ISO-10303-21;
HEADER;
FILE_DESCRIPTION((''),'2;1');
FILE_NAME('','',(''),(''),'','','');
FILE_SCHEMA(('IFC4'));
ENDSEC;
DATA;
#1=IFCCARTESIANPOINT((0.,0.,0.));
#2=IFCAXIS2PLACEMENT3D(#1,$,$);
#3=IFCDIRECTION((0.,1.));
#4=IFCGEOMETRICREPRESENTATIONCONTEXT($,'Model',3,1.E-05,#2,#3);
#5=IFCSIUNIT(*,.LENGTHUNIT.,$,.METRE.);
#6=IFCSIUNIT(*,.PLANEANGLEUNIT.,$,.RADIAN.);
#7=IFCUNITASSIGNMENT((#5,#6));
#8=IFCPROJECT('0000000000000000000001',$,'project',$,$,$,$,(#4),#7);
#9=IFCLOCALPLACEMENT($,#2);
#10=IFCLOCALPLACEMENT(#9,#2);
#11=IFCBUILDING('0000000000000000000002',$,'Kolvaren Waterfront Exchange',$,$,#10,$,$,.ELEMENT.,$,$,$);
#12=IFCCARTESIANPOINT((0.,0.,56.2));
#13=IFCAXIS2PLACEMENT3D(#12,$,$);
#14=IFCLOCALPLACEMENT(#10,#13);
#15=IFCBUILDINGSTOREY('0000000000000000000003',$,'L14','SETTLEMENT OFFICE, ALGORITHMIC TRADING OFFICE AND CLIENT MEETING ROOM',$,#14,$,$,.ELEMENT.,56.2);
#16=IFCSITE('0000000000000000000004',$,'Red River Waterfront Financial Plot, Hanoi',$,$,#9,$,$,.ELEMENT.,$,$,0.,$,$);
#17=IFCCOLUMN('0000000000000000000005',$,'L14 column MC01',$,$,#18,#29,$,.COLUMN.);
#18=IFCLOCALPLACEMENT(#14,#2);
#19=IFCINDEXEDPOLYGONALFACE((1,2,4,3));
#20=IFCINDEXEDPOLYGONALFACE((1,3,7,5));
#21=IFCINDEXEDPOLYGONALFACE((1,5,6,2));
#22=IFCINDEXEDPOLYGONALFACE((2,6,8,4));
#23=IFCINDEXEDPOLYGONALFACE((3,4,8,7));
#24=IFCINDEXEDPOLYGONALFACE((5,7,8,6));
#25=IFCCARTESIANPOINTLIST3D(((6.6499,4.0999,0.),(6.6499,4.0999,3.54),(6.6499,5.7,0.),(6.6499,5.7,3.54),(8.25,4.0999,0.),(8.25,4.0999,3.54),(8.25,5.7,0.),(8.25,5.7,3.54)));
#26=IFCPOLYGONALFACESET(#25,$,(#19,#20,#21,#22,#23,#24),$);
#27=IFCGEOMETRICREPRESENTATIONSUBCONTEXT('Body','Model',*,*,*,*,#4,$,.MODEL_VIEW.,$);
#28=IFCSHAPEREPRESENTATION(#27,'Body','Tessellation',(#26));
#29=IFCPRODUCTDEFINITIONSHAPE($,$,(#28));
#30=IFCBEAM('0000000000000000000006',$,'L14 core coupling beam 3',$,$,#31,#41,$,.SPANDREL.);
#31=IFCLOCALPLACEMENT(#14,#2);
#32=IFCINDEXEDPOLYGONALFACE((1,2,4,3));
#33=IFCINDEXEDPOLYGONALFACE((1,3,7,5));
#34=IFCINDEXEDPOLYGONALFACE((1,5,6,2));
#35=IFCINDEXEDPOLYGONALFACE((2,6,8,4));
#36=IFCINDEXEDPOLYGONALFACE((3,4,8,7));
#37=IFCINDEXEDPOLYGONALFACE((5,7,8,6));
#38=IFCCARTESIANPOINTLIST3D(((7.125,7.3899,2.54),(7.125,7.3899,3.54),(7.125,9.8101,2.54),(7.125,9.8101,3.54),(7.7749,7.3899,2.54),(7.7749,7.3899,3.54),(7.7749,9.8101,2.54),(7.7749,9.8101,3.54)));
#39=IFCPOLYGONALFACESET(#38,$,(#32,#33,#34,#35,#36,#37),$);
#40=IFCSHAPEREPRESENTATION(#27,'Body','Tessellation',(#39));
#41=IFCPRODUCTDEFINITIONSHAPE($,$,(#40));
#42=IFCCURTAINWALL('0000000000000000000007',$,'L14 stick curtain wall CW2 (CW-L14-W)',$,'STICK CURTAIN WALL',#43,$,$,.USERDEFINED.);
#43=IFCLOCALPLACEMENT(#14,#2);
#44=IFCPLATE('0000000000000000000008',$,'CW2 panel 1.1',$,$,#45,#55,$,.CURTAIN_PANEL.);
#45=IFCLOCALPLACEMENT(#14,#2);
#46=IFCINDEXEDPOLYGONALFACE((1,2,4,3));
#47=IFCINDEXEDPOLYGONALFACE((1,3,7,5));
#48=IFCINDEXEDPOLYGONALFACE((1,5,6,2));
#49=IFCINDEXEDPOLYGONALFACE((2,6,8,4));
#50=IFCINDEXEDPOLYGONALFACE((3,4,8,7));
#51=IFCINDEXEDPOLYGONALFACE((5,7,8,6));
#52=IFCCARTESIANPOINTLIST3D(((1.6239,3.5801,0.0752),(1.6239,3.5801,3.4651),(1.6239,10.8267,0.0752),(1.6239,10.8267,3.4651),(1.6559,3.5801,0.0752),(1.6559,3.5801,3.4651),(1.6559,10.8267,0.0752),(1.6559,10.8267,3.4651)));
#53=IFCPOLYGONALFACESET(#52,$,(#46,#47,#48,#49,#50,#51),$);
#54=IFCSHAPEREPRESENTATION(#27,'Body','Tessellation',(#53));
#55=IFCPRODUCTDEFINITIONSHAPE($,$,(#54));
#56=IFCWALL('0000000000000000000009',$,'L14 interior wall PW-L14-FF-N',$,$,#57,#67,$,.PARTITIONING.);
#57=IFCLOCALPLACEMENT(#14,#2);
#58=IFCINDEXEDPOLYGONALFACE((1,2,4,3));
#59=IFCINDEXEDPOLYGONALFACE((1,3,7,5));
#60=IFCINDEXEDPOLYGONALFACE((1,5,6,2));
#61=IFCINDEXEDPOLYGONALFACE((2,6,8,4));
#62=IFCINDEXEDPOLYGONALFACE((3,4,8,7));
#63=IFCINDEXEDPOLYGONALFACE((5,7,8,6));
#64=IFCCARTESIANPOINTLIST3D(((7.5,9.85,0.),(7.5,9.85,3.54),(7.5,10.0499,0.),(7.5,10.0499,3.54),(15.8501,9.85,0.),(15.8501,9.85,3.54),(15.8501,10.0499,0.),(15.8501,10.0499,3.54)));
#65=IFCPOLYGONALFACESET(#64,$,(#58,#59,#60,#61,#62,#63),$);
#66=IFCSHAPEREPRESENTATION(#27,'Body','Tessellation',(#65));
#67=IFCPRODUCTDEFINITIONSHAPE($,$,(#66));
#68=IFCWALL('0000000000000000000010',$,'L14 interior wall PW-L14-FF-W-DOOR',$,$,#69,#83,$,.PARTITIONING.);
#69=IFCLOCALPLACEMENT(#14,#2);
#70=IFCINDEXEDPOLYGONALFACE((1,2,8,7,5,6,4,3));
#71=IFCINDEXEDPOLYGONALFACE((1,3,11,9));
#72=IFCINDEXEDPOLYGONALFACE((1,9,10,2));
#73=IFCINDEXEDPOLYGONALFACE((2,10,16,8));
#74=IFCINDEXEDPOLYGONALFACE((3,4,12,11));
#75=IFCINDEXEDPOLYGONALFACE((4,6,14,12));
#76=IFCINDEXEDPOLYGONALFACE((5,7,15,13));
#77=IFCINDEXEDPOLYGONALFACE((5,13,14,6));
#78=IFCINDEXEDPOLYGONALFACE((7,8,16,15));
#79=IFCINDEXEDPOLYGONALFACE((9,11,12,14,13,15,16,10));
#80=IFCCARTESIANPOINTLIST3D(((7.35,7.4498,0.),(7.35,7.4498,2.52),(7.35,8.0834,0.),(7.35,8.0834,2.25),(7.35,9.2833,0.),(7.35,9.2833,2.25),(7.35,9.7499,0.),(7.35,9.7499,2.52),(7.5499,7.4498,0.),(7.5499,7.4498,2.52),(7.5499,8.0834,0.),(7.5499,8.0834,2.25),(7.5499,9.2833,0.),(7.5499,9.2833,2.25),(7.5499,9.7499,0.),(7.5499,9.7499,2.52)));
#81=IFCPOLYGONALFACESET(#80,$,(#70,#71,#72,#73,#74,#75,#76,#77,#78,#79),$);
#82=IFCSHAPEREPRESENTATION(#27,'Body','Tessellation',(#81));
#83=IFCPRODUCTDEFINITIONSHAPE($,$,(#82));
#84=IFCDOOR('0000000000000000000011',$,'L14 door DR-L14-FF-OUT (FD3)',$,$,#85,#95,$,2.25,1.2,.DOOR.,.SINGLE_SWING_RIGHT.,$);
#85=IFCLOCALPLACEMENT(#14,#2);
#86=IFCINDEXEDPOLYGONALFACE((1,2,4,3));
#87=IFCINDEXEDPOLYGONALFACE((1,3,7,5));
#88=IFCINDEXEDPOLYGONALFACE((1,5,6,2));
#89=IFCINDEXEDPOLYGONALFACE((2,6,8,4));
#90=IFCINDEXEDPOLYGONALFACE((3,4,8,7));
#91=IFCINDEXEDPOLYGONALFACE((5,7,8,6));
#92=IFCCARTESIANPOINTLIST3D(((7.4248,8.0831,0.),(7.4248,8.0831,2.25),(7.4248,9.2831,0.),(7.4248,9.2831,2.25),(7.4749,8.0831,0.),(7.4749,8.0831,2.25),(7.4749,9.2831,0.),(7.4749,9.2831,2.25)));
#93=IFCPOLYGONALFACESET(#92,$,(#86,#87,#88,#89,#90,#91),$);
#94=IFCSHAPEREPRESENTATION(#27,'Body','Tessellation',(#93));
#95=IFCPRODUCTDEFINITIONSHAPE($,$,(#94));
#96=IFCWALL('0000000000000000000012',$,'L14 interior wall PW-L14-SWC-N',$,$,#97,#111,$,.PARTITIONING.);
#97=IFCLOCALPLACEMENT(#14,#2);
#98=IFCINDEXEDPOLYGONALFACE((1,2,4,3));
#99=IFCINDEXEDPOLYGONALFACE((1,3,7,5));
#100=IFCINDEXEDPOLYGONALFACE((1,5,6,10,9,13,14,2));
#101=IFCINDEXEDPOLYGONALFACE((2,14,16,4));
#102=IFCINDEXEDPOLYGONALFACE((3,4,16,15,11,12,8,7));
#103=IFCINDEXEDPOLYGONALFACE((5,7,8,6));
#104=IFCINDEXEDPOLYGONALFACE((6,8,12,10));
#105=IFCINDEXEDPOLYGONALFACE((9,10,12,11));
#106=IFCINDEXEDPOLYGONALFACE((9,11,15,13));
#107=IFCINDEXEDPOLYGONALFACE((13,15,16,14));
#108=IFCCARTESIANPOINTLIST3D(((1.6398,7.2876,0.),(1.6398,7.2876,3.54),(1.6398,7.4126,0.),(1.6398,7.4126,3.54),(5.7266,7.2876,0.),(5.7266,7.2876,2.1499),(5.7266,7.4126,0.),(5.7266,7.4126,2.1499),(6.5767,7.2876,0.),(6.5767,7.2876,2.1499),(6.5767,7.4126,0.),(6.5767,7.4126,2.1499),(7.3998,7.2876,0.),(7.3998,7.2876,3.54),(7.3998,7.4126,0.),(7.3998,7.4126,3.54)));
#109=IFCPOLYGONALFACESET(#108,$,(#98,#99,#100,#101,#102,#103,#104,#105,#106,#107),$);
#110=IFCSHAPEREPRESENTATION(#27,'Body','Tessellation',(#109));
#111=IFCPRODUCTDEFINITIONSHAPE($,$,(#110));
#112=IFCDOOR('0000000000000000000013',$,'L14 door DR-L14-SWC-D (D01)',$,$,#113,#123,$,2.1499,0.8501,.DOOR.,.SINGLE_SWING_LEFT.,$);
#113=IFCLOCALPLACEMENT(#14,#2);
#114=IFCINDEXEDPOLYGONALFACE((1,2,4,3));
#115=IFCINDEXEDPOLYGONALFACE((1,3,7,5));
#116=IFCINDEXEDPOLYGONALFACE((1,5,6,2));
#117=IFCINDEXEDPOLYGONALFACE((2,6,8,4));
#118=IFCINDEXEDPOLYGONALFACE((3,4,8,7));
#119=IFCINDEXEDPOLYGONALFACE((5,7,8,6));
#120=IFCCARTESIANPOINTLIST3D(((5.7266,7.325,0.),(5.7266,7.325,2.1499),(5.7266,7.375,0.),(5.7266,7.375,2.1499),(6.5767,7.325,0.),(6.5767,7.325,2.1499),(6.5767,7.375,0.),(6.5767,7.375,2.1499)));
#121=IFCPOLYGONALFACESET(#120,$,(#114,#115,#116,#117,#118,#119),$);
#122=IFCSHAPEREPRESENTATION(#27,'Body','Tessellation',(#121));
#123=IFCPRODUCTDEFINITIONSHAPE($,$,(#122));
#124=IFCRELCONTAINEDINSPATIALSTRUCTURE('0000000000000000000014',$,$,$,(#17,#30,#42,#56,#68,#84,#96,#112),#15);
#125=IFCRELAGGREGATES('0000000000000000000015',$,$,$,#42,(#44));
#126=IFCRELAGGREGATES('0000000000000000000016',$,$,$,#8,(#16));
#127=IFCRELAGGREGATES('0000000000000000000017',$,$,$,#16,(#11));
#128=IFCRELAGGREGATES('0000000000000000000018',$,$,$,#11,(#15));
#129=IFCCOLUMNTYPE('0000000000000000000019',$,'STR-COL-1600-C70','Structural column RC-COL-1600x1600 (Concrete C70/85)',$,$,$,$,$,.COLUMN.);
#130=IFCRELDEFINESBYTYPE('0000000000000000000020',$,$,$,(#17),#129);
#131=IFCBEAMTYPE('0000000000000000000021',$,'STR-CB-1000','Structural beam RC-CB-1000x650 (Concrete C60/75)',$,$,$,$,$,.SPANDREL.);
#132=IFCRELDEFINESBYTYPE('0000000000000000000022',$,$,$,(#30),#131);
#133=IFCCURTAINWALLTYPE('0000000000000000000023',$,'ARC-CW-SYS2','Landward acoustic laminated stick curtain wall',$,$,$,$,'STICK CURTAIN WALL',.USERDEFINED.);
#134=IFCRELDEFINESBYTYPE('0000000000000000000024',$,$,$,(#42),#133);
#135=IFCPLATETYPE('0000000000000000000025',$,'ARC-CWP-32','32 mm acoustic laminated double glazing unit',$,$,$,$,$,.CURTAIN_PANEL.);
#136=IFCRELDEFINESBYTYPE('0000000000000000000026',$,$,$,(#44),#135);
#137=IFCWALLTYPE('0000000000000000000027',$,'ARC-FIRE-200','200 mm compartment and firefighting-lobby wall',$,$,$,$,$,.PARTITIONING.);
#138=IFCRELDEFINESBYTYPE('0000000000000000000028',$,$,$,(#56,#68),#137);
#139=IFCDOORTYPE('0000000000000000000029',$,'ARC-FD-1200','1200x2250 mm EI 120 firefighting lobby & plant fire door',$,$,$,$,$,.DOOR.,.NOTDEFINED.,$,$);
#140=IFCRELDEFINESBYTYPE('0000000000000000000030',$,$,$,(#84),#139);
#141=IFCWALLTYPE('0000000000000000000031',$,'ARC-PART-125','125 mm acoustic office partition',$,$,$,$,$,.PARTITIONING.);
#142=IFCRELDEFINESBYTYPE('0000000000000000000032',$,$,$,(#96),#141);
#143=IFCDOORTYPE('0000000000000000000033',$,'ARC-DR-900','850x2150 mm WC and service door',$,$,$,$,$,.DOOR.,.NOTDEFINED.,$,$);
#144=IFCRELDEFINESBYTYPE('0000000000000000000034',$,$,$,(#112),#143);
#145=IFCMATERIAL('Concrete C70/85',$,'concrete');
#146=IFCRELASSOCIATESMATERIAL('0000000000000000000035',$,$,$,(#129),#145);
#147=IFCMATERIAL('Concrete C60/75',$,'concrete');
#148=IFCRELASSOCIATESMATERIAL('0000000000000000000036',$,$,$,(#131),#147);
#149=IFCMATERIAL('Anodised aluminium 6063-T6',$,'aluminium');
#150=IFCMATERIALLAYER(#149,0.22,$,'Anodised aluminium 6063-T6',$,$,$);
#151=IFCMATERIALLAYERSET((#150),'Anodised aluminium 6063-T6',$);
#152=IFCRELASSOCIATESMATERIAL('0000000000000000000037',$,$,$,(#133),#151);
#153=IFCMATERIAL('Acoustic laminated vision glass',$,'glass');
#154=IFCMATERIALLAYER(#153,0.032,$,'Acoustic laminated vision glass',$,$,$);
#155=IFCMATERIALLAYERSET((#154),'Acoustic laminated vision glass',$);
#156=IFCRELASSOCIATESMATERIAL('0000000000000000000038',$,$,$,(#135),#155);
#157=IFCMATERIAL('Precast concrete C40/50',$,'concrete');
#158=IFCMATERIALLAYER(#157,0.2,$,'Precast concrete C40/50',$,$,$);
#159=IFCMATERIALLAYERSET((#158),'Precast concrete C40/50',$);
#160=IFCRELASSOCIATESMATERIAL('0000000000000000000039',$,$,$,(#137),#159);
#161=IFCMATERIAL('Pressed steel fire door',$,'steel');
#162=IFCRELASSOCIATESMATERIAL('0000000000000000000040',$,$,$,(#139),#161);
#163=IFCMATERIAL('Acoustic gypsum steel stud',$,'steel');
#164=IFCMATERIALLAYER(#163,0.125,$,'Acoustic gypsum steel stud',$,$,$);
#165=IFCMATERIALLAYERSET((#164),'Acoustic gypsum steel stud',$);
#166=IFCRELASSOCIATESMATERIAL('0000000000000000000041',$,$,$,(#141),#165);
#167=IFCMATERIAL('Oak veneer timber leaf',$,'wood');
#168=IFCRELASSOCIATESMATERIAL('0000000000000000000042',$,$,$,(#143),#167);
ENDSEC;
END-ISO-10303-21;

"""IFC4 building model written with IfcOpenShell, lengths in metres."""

from ifc_helpers import new_model, si_unit, direction, frame, frame_2d, origin, origin_with_axes, origin_2d, place, context, subcontext, project, spatial, rectangle, extrude, source, transform, mapped, material, layer, layer_set, material_profile, profile_set, type_object, element, fill, aggregate, save


model = new_model("IFC4")

# Units and contexts
model_context = context("Model", 3, precision=1e-05, world=origin(), true_north=direction((0.0, 1.0)))
body_context = subcontext(model_context, "Body", "Model", "MODEL_VIEW")
ifc_project = project(units=[si_unit("LENGTHUNIT", "METRE"), si_unit("PLANEANGLEUNIT", "RADIAN")], contexts=[model_context])

# Site, building, storey
site_placement = place(None, origin())
site = spatial("IfcSite", under=ifc_project, at=site_placement, Name="Red River Waterfront Financial Plot, Hanoi", CompositionType="ELEMENT", RefElevation=0.0)
building_placement = place(site_placement, origin())
building = spatial("IfcBuilding", under=site, at=building_placement, Name="Kolvaren Waterfront Exchange", CompositionType="ELEMENT")
storey_placement = place(building_placement, frame((0.0, 0.0, 56.2)))
storey = spatial("IfcBuildingStorey", under=building, at=storey_placement, Name="L14", Description="SETTLEMENT OFFICE, ALGORITHMIC TRADING OFFICE AND CLIENT MEETING ROOM", CompositionType="ELEMENT", Elevation=56.2)

# Column
ifc_material_1 = material(Name="Concrete C70/85", Category="concrete")
ifc_material_profile_1 = material_profile(ifc_material_1, rectangle(XDim=1.6001, YDim=1.6001, at=origin_2d()), Name="RC-COL-1600x1600")
ifc_profile_set_1 = profile_set([ifc_material_profile_1], Name="Concrete C70/85")
column_type = type_object("IfcColumnType", Name="STR-COL-1600-C70", Description="Structural column RC-COL-1600x1600 (Concrete C70/85)", PredefinedType="COLUMN", material=ifc_profile_set_1)
column_placement = place(storey_placement, frame((7.45, 4.8999, 0.0), z_axis=(0.0, 0.0, 1.0), x_axis=(1.0, 0.0, 0.0)))
element("IfcColumn", 1, at=column_placement, inside=storey, type_object=column_type, Name="L14 column MC01", PredefinedType="COLUMN", context=body_context, shape_type="SweptSolid", body=[
    extrude(rectangle(XDim=1.6001, YDim=1.6001, at=origin_2d()), origin(), (0.0, 0.0, 1.0), 3.54),
])

# Beam
ifc_material_2 = material(Name="Concrete C60/75", Category="concrete")
ifc_material_profile_2 = material_profile(ifc_material_2, rectangle(XDim=0.6499, YDim=1.0, at=origin_2d()), Name="RC-CB-1000x650")
ifc_profile_set_2 = profile_set([ifc_material_profile_2], Name="Concrete C60/75")
beam_type = type_object("IfcBeamType", Name="STR-CB-1000", Description="Structural beam RC-CB-1000x650 (Concrete C60/75)", PredefinedType="SPANDREL", material=ifc_profile_set_2)
beam_placement = place(storey_placement, frame((7.45, 7.3899, 3.04), z_axis=(0.0, 1.0, 0.0), x_axis=(-1.0, 0.0, 0.0)))
element("IfcBeam", 2, at=beam_placement, inside=storey, type_object=beam_type, Name="L14 core coupling beam 3", PredefinedType="SPANDREL", context=body_context, shape_type="SweptSolid", body=[
    extrude(rectangle(XDim=0.6499, YDim=1.0, at=origin_2d()), origin(), (0.0, 0.0, 1.0), 2.4202),
])

# Curtain wall, plate
ifc_material_3 = material(Name="Anodised aluminium 6063-T6", Category="aluminium")
ifc_layer_1 = layer(ifc_material_3, 0.22, Name="Anodised aluminium 6063-T6")
ifc_layer_set_1 = layer_set([ifc_layer_1], Name="Anodised aluminium 6063-T6")
curtain_wall_type = type_object("IfcCurtainWallType", Name="ARC-CW-SYS2", Description="Landward acoustic laminated stick curtain wall", ElementType="STICK CURTAIN WALL", PredefinedType="USERDEFINED", material=ifc_layer_set_1)
curtain_wall_placement = place(storey_placement, origin())
curtain_wall = element("IfcCurtainWall", 3, at=curtain_wall_placement, inside=storey, type_object=curtain_wall_type, Name="L14 stick curtain wall CW2 (CW-L14-W)", ObjectType="STICK CURTAIN WALL", PredefinedType="USERDEFINED")
ifc_material_4 = material(Name="Acoustic laminated vision glass", Category="glass")
ifc_layer_2 = layer(ifc_material_4, 0.032, Name="Acoustic laminated vision glass")
ifc_layer_set_2 = layer_set([ifc_layer_2], Name="Acoustic laminated vision glass")
plate_type = type_object("IfcPlateType", Name="ARC-CWP-32", Description="32 mm acoustic laminated double glazing unit", PredefinedType="CURTAIN_PANEL", material=ifc_layer_set_2)
shared_shape = source(origin_with_axes(), body_context, "Body", "SweptSolid", [
    extrude(rectangle(XDim=7.2466, YDim=0.032, at=origin_2d()), origin(), (0.0, 0.0, 1.0), 3.3899),
])
plate_placement = place(storey_placement, frame((1.6399, 7.2034, 0.0752), z_axis=(0.0, 0.0, 1.0), x_axis=(0.0, 1.0, 0.0)))
plate = element("IfcPlate", 4, at=plate_placement, type_object=plate_type, Name="CW2 panel 1.1", PredefinedType="CURTAIN_PANEL", context=body_context, shape_type="MappedRepresentation", body=[
    mapped(shared_shape, transform((0.0, 0.0, 0.0), x_axis=(1.0, 0.0, 0.0), y_axis=(0.0, 1.0, 0.0), z_axis=(0.0, 0.0, 1.0), scale=1.0)),
])
aggregate(curtain_wall, [plate])

# Wall
ifc_material_5 = material(Name="Precast concrete C40/50", Category="concrete")
ifc_layer_3 = layer(ifc_material_5, 0.2, Name="Precast concrete C40/50")
ifc_layer_set_3 = layer_set([ifc_layer_3], Name="Precast concrete C40/50")
wall_type_1 = type_object("IfcWallType", Name="ARC-FIRE-200", Description="200 mm compartment and firefighting-lobby wall", PredefinedType="PARTITIONING", material=ifc_layer_set_3)
wall_1_placement = place(storey_placement, frame((7.5, 9.95, 0.0), z_axis=(0.0, 0.0, 1.0), x_axis=(1.0, 0.0, 0.0)))
element("IfcWall", 5, at=wall_1_placement, inside=storey, type_object=wall_type_1, Name="L14 interior wall PW-L14-FF-N", PredefinedType="PARTITIONING", context=body_context, shape_type="SweptSolid", body=[
    extrude(rectangle(XDim=8.3501, YDim=0.2, at=frame_2d((4.175, 0.0))), origin(), (0.0, 0.0, 1.0), 3.54),
])

# Walls, openings, doors
wall_2_placement = place(storey_placement, frame((7.45, 7.45, 0.0), z_axis=(0.0, 0.0, 1.0), x_axis=(0.0, 1.0, 0.0)))
wall_2 = element("IfcWall", 6, at=wall_2_placement, inside=storey, type_object=wall_type_1, Name="L14 interior wall PW-L14-FF-W-DOOR", PredefinedType="PARTITIONING", context=body_context, shape_type="SweptSolid", body=[
    extrude(rectangle(XDim=2.3, YDim=0.2, at=frame_2d((1.1499, 0.0))), origin(), (0.0, 0.0, 1.0), 2.52),
])
opening_1_placement = place(wall_2_placement, frame((0.6333, 0.0, 0.0)))
opening_1 = element("IfcOpeningElement", 7, at=opening_1_placement, cuts=wall_2, PredefinedType="OPENING", context=body_context, shape_type="SweptSolid", body=[
    extrude(rectangle(XDim=1.2, YDim=2.25, at=frame_2d((0.6001, 1.125))), frame((0.0, 0.1099, 0.0), z_axis=(0.0, -1.0, 0.0), x_axis=(1.0, 0.0, 0.0)), (0.0, 0.0, 1.0), 0.22),
])
ifc_material_6 = material(Name="Pressed steel fire door", Category="steel")
door_type_1 = type_object("IfcDoorType", Name="ARC-FD-1200", Description="1200x2250 mm EI 120 firefighting lobby & plant fire door", OperationType="NOTDEFINED", PredefinedType="DOOR", material=ifc_material_6)
door_1_placement = place(opening_1_placement, frame((1.2, 0.0, 0.0), z_axis=(0.0, 0.0, 1.0), x_axis=(-1.0, 0.0, 0.0)))
door_1 = element("IfcDoor", 8, at=door_1_placement, inside=storey, type_object=door_type_1, Name="L14 door DR-L14-FF-OUT (FD3)", OperationType="SINGLE_SWING_RIGHT", OverallHeight=2.25, OverallWidth=1.2, PredefinedType="DOOR", context=body_context, shape_type="SweptSolid", body=[
    extrude(rectangle(XDim=1.2, YDim=2.25, at=frame_2d((0.6001, 1.125))), frame((0.0, 0.0249, 0.0), z_axis=(0.0, -1.0, 0.0), x_axis=(1.0, 0.0, 0.0)), (0.0, 0.0, 1.0), 0.05),
])
fill(opening_1, door_1)
ifc_material_7 = material(Name="Acoustic gypsum steel stud", Category="steel")
ifc_layer_4 = layer(ifc_material_7, 0.125, Name="Acoustic gypsum steel stud")
ifc_layer_set_4 = layer_set([ifc_layer_4], Name="Acoustic gypsum steel stud")
wall_type_2 = type_object("IfcWallType", Name="ARC-PART-125", Description="125 mm acoustic office partition", PredefinedType="PARTITIONING", material=ifc_layer_set_4)
wall_3_placement = place(storey_placement, frame((1.6399, 7.3501, 0.0), z_axis=(0.0, 0.0, 1.0), x_axis=(1.0, 0.0, 0.0)))
wall_3 = element("IfcWall", 9, at=wall_3_placement, inside=storey, type_object=wall_type_2, Name="L14 interior wall PW-L14-SWC-N", PredefinedType="PARTITIONING", context=body_context, shape_type="SweptSolid", body=[
    extrude(rectangle(XDim=5.76, YDim=0.125, at=frame_2d((2.8799, 0.0))), origin(), (0.0, 0.0, 1.0), 3.54),
])
opening_2_placement = place(wall_3_placement, frame((4.0867, 0.0, 0.0)))
opening_2 = element("IfcOpeningElement", 10, at=opening_2_placement, cuts=wall_3, PredefinedType="OPENING", context=body_context, shape_type="SweptSolid", body=[
    extrude(rectangle(XDim=0.8501, YDim=2.1499, at=frame_2d((0.425, 1.075))), frame((0.0, 0.0725, 0.0), z_axis=(0.0, -1.0, 0.0), x_axis=(1.0, 0.0, 0.0)), (0.0, 0.0, 1.0), 0.145),
])
ifc_material_8 = material(Name="Oak veneer timber leaf", Category="wood")
door_type_2 = type_object("IfcDoorType", Name="ARC-DR-900", Description="850x2150 mm WC and service door", OperationType="NOTDEFINED", PredefinedType="DOOR", material=ifc_material_8)
door_2_placement = place(opening_2_placement, origin())
door_2 = element("IfcDoor", 11, at=door_2_placement, inside=storey, type_object=door_type_2, Name="L14 door DR-L14-SWC-D (D01)", OperationType="SINGLE_SWING_LEFT", OverallHeight=2.1499, OverallWidth=0.8501, PredefinedType="DOOR", context=body_context, shape_type="SweptSolid", body=[
    extrude(rectangle(XDim=0.8501, YDim=2.1499, at=frame_2d((0.425, 1.075))), frame((0.0, 0.0249, 0.0), z_axis=(0.0, -1.0, 0.0), x_axis=(1.0, 0.0, 0.0)), (0.0, 0.0, 1.0), 0.05),
])
fill(opening_2, door_2)

save(model, "model.ifc")
